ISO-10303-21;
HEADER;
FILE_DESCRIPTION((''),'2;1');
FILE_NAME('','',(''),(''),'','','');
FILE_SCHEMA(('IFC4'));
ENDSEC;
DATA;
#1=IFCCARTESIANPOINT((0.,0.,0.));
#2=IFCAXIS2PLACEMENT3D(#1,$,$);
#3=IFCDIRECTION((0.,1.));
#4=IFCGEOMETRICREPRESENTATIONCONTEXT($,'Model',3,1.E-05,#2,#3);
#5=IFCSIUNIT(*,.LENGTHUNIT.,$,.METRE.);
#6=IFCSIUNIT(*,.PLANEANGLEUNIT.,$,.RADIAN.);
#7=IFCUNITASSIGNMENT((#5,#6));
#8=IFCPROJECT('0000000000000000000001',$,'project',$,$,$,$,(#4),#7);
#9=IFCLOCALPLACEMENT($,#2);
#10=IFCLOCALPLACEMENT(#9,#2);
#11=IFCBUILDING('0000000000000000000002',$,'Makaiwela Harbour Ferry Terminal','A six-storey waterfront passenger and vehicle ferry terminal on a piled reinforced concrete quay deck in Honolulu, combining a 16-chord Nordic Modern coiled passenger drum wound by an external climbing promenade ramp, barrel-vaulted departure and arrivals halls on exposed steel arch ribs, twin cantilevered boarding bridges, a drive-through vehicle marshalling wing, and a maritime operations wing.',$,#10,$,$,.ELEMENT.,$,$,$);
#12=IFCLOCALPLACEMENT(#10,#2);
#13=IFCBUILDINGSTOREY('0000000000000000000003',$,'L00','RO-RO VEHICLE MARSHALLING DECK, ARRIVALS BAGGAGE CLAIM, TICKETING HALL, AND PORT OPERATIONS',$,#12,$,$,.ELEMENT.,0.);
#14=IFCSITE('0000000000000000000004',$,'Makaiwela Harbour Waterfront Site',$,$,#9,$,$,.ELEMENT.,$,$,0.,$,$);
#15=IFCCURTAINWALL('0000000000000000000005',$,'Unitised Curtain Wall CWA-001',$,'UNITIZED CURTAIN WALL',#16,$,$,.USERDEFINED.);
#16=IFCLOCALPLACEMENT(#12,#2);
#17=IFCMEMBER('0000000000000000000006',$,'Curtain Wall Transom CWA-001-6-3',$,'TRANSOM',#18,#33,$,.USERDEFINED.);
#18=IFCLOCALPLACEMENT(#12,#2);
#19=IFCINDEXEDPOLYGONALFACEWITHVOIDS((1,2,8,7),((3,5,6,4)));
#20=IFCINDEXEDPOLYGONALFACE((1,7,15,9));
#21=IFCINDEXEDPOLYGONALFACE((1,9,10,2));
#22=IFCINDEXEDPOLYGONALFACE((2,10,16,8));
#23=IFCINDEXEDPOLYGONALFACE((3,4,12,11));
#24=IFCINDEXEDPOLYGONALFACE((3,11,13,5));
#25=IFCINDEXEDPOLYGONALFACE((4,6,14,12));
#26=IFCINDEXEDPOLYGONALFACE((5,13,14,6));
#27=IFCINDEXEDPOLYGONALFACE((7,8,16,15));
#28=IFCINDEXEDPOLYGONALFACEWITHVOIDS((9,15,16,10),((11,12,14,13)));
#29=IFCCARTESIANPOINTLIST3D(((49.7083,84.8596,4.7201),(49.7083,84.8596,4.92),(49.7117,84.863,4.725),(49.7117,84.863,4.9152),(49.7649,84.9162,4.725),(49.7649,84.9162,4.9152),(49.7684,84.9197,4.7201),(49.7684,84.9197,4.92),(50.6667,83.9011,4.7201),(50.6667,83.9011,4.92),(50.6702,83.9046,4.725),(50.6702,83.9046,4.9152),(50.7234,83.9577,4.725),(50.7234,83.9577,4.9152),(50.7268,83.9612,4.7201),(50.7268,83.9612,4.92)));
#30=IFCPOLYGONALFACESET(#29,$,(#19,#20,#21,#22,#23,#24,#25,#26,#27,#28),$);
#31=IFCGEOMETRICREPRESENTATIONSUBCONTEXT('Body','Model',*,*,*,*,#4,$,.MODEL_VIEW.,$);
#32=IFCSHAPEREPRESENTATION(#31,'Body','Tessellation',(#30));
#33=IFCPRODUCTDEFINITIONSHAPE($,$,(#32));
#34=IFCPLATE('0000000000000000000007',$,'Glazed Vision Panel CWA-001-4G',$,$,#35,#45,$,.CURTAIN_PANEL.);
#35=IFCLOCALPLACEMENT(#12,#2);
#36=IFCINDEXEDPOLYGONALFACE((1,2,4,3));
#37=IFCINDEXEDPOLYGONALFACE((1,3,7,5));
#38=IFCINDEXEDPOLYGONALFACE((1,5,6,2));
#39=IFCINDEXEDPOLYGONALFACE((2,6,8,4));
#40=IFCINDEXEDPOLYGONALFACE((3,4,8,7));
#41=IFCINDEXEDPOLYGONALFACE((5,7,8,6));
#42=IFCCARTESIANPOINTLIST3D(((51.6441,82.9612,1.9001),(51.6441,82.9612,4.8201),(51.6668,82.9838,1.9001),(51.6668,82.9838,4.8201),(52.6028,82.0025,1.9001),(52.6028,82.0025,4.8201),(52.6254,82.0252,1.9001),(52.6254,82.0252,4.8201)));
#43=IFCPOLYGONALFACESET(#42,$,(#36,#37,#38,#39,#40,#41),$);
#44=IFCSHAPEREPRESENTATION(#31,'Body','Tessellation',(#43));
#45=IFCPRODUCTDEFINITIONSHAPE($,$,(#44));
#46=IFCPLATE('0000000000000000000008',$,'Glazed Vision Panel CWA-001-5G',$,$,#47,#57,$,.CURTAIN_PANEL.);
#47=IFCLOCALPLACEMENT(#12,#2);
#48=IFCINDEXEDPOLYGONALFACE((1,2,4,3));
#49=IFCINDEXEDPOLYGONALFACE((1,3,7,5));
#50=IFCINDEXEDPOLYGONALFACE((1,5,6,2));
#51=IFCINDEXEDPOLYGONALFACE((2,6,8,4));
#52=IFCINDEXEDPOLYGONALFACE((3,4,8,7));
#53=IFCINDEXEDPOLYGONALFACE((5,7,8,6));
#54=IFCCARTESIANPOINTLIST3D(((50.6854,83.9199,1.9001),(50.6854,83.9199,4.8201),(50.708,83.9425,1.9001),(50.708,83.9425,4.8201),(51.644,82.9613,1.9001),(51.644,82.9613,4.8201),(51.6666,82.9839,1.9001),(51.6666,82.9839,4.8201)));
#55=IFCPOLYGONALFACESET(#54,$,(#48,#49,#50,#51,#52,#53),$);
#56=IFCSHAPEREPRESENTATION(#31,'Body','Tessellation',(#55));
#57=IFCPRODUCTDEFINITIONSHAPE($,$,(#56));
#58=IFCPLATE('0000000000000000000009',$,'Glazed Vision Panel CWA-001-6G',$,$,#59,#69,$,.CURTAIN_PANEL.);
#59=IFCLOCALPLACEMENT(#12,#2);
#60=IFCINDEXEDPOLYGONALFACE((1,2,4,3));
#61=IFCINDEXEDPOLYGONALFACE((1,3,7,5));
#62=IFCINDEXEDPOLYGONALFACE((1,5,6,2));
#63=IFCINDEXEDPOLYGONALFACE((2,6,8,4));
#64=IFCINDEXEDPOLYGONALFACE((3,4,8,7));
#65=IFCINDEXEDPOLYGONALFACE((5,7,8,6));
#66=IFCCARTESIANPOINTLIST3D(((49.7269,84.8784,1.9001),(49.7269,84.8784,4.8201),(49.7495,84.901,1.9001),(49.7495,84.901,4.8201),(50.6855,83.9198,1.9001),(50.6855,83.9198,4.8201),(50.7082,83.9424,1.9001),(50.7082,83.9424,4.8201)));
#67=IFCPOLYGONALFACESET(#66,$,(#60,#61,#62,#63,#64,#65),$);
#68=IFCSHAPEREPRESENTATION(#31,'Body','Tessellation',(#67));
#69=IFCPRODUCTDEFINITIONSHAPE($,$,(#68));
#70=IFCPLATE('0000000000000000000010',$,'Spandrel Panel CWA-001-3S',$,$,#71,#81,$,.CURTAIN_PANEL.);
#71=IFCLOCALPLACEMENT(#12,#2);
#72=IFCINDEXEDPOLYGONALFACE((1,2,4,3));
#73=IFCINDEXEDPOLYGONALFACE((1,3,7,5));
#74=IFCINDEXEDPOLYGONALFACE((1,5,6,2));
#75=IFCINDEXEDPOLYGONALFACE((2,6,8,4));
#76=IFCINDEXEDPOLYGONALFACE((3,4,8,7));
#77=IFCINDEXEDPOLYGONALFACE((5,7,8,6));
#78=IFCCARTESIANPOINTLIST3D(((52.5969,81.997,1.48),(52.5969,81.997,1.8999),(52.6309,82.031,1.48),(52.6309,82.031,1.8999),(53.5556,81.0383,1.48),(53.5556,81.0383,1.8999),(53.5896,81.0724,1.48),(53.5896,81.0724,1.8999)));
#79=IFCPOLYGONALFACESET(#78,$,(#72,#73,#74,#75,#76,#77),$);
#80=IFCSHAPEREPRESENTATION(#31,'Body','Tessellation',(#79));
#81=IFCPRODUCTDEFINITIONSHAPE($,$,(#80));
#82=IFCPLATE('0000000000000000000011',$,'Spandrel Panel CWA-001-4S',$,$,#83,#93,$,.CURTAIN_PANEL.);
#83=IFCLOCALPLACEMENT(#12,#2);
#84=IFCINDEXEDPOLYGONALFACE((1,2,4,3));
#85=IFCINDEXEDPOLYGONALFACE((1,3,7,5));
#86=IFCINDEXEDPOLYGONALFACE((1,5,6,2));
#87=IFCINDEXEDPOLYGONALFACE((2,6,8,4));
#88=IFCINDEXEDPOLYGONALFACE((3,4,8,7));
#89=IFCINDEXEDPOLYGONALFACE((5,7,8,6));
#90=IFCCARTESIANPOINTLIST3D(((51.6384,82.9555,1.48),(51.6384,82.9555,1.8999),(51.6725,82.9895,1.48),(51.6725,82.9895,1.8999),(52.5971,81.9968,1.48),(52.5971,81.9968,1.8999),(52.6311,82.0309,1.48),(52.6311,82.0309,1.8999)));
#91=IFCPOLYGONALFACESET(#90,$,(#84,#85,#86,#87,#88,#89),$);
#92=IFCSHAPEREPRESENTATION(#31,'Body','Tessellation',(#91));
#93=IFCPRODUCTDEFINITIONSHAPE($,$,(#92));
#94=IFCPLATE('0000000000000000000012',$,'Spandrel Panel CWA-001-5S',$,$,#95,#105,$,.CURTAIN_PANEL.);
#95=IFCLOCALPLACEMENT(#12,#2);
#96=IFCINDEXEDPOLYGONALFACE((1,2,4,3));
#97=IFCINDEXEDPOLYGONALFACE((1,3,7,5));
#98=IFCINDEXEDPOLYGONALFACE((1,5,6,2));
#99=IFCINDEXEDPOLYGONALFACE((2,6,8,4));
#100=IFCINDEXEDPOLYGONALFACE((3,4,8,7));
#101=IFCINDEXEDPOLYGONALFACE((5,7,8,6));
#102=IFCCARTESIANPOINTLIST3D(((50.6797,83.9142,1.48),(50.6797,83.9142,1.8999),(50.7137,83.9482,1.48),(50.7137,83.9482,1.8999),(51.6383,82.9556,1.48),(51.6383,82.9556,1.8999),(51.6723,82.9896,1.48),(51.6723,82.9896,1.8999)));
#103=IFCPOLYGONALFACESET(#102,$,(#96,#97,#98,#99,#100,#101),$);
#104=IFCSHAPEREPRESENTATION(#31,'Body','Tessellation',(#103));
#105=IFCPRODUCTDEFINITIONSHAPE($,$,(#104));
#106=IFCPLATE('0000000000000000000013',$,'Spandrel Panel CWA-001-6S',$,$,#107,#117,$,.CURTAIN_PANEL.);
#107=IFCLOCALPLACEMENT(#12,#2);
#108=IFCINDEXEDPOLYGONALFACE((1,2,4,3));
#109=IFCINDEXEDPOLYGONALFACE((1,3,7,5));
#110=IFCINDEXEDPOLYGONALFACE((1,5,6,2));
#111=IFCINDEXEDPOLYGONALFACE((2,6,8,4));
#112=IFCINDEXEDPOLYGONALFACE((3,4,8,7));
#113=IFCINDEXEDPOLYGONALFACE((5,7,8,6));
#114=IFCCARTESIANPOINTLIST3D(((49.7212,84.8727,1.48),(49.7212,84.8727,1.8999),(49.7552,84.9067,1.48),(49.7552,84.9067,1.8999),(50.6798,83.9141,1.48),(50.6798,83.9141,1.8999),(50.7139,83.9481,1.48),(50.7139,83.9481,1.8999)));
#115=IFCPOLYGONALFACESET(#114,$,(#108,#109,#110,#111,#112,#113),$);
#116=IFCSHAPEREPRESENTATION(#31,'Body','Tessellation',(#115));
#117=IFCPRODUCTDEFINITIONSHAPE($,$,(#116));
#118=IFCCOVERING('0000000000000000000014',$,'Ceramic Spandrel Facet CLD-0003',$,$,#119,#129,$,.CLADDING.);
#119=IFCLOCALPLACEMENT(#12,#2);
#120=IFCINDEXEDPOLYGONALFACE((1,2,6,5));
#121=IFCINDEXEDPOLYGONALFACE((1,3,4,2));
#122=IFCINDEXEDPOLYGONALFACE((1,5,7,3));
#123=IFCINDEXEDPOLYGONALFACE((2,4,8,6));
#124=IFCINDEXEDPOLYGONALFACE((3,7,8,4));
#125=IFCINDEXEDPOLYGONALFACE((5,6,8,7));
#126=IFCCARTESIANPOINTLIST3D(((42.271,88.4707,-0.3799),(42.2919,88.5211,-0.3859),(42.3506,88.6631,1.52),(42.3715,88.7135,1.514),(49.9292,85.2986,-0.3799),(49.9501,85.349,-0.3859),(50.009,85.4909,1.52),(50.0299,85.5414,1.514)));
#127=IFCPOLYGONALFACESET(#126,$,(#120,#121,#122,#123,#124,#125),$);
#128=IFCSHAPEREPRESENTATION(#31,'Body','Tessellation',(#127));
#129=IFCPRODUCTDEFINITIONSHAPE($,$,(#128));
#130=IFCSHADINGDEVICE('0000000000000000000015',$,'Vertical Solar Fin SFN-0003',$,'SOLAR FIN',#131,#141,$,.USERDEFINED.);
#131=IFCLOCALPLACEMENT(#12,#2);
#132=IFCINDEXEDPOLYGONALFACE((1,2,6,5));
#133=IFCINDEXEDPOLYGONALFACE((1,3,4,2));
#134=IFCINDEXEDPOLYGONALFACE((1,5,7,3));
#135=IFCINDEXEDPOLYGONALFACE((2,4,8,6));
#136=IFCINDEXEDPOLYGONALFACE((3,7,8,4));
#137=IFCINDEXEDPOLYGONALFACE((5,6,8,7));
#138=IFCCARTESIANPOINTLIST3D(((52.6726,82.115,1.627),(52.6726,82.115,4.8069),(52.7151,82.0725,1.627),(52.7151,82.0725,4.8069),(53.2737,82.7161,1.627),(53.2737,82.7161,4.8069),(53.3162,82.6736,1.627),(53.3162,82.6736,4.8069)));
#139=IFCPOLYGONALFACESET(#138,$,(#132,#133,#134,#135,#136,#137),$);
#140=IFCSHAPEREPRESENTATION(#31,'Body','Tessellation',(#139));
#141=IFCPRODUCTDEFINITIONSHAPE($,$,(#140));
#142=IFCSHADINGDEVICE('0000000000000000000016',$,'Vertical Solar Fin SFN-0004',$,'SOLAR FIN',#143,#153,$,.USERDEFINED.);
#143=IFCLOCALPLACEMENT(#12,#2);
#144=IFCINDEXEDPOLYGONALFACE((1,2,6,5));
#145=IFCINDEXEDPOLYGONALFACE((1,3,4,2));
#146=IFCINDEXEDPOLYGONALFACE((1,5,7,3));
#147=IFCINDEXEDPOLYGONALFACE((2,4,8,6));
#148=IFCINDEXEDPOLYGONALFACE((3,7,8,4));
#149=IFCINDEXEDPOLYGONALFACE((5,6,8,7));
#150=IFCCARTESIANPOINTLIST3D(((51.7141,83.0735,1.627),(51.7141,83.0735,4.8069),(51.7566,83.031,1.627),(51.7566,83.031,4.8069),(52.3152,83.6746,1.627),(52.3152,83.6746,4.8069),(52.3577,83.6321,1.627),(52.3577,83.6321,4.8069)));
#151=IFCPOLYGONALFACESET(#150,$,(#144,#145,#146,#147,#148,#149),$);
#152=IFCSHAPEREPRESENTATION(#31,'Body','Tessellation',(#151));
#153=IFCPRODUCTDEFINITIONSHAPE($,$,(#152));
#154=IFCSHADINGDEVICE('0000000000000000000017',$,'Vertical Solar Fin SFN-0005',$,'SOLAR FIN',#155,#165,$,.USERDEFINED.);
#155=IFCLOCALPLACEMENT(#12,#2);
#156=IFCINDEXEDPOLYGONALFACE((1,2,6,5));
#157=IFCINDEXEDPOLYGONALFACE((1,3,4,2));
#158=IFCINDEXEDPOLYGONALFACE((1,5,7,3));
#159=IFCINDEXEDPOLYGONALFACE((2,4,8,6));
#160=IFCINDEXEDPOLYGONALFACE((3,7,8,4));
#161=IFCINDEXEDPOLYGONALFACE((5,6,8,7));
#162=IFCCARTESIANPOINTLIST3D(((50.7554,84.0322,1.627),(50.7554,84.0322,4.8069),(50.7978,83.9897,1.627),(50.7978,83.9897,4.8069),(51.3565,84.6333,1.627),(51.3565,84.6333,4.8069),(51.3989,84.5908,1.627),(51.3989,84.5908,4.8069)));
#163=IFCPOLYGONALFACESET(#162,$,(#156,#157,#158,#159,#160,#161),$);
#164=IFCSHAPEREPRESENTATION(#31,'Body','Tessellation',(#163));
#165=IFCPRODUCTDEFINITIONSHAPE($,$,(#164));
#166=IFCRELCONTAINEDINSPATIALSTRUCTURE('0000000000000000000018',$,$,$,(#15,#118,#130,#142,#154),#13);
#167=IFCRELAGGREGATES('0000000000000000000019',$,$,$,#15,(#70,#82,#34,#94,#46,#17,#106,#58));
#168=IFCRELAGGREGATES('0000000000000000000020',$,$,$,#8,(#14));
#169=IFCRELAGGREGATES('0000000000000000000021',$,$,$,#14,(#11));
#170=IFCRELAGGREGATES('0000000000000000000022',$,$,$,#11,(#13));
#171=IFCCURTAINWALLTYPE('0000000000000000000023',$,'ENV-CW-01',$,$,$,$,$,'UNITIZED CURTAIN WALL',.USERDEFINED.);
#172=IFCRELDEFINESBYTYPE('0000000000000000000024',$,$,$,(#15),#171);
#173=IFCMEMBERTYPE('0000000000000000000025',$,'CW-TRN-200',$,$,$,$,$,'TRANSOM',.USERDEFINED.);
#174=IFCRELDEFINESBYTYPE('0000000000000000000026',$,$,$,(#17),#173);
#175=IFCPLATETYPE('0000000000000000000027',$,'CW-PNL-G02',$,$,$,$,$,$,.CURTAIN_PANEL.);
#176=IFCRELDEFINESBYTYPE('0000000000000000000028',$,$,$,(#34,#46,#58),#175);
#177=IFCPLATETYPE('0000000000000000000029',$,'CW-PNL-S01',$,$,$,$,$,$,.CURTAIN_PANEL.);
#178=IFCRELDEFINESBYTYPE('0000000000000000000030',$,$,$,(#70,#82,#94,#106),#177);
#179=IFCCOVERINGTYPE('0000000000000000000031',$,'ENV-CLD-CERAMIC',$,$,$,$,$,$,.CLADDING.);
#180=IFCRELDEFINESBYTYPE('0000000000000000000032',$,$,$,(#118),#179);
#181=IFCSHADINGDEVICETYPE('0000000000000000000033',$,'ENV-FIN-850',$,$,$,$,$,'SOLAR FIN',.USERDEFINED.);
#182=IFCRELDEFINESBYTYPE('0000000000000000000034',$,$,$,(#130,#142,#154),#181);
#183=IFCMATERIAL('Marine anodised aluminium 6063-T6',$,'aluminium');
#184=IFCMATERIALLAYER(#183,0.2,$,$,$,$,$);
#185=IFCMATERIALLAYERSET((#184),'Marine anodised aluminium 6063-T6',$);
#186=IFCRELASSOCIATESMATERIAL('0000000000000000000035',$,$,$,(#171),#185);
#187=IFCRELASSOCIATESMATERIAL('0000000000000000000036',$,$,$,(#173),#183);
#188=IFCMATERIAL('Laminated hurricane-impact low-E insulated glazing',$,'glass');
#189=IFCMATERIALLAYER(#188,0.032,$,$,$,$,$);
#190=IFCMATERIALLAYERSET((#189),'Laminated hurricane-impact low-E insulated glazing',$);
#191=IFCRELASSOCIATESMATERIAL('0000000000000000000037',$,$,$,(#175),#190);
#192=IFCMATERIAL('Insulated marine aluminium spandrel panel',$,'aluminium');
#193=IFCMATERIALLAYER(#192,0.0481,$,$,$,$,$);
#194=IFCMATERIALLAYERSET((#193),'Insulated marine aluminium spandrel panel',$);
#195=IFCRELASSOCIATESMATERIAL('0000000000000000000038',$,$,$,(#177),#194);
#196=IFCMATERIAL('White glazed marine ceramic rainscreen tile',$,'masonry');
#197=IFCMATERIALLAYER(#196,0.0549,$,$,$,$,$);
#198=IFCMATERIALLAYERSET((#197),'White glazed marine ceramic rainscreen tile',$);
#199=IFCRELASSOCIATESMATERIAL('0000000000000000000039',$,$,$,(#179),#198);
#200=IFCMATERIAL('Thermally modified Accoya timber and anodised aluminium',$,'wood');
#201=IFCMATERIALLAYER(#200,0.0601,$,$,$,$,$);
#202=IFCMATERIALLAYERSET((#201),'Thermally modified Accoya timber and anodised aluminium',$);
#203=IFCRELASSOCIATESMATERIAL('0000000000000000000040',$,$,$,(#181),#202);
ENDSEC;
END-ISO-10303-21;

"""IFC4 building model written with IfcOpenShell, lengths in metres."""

from ifc_helpers import new_model, si_unit, direction, frame, origin, origin_2d, place, context, subcontext, project, spatial, polyline, rectangle, hollow_rectangle, outline, extrude, material, layer, layer_set, material_profile, profile_set, type_object, element, aggregate, save


model = new_model("IFC4")

# Units and contexts
model_context = context("Model", 3, precision=1e-05, world=origin(), true_north=direction((0.0, 1.0)))
body_context = subcontext(model_context, "Body", "Model", "MODEL_VIEW")
ifc_project = project(units=[si_unit("LENGTHUNIT", "METRE"), si_unit("PLANEANGLEUNIT", "RADIAN")], contexts=[model_context])

# Site, building, storey
site_placement = place(None, origin())
site = spatial("IfcSite", under=ifc_project, at=site_placement, Name="Makaiwela Harbour Waterfront Site", CompositionType="ELEMENT", RefElevation=0.0)
building_placement = place(site_placement, origin())
building = spatial("IfcBuilding", under=site, at=building_placement, Name="Makaiwela Harbour Ferry Terminal", Description="A six-storey waterfront passenger and vehicle ferry terminal on a piled reinforced concrete quay deck in Honolulu, combining a 16-chord Nordic Modern coiled passenger drum wound by an external climbing promenade ramp, barrel-vaulted departure and arrivals halls on exposed steel arch ribs, twin cantilevered boarding bridges, a drive-through vehicle marshalling wing, and a maritime operations wing.", CompositionType="ELEMENT")
storey_placement = place(building_placement, origin())
storey = spatial("IfcBuildingStorey", under=building, at=storey_placement, Name="L00", Description="RO-RO VEHICLE MARSHALLING DECK, ARRIVALS BAGGAGE CLAIM, TICKETING HALL, AND PORT OPERATIONS", CompositionType="ELEMENT", Elevation=0.0)

# Curtain wall, member, plates
ifc_material_1 = material(Name="Marine anodised aluminium 6063-T6", Category="aluminium")
ifc_layer_1 = layer(ifc_material_1, 0.2)
ifc_layer_set_1 = layer_set([ifc_layer_1], Name="Marine anodised aluminium 6063-T6")
curtain_wall_type = type_object("IfcCurtainWallType", Name="ENV-CW-01", ElementType="UNITIZED CURTAIN WALL", PredefinedType="USERDEFINED", material=ifc_layer_set_1)
curtain_wall_placement = place(storey_placement, origin())
curtain_wall = element("IfcCurtainWall", 1, at=curtain_wall_placement, inside=storey, type_object=curtain_wall_type, Name="Unitised Curtain Wall CWA-001", ObjectType="UNITIZED CURTAIN WALL", PredefinedType="USERDEFINED")
ifc_material_profile_1 = material_profile(ifc_material_1, hollow_rectangle(XDim=0.085, YDim=0.2, WallThickness=0.0049, at=origin_2d()), Name="CWT-200X85")
ifc_profile_set_1 = profile_set([ifc_material_profile_1], Name="Marine anodised aluminium 6063-T6")
member_type_1 = type_object("IfcMemberType", Name="CW-TRN-200", ElementType="TRANSOM", PredefinedType="USERDEFINED", material=ifc_profile_set_1)
member_1_placement = place(storey_placement, frame((50.6968, 83.9312, 4.8201), z_axis=(-0.707107, 0.707107, 0.0), x_axis=(-0.707107, -0.707107, 0.0)))
member_1 = element("IfcMember", 2, at=member_1_placement, type_object=member_type_1, Name="Curtain Wall Transom CWA-001-6-3", ObjectType="TRANSOM", PredefinedType="USERDEFINED", context=body_context, shape_type="SweptSolid", body=[
    extrude(hollow_rectangle(XDim=0.085, YDim=0.2, WallThickness=0.0049, at=origin_2d()), origin(), (0.0, 0.0, 1.0), 1.3555),
])
ifc_material_2 = material(Name="Laminated hurricane-impact low-E insulated glazing", Category="glass")
ifc_layer_2 = layer(ifc_material_2, 0.032)
ifc_layer_set_2 = layer_set([ifc_layer_2], Name="Laminated hurricane-impact low-E insulated glazing")
plate_type_1 = type_object("IfcPlateType", Name="CW-PNL-G02", PredefinedType="CURTAIN_PANEL", material=ifc_layer_set_2)
plate_1_placement = place(storey_placement, frame((52.1348, 82.4932, 1.9001), z_axis=(0.0, 0.0, 1.0), x_axis=(-0.707107, 0.707107, 0.0)))
plate_1 = element("IfcPlate", 3, at=plate_1_placement, type_object=plate_type_1, Name="Glazed Vision Panel CWA-001-4G", PredefinedType="CURTAIN_PANEL", context=body_context, shape_type="SweptSolid", body=[
    extrude(rectangle(XDim=1.3557, YDim=0.032, at=origin_2d()), origin(), (0.0, 0.0, 1.0), 2.9199),
])
plate_2_placement = place(storey_placement, frame((51.176, 83.4519, 1.9001), z_axis=(0.0, 0.0, 1.0), x_axis=(-0.707107, 0.707107, 0.0)))
plate_2 = element("IfcPlate", 4, at=plate_2_placement, type_object=plate_type_1, Name="Glazed Vision Panel CWA-001-5G", PredefinedType="CURTAIN_PANEL", context=body_context, shape_type="SweptSolid", body=[
    extrude(rectangle(XDim=1.3557, YDim=0.032, at=origin_2d()), origin(), (0.0, 0.0, 1.0), 2.9199),
])
plate_3_placement = place(storey_placement, frame((50.2175, 84.4104, 1.9001), z_axis=(0.0, 0.0, 1.0), x_axis=(-0.707107, 0.707107, 0.0)))
plate_3 = element("IfcPlate", 5, at=plate_3_placement, type_object=plate_type_1, Name="Glazed Vision Panel CWA-001-6G", PredefinedType="CURTAIN_PANEL", context=body_context, shape_type="SweptSolid", body=[
    extrude(rectangle(XDim=1.3557, YDim=0.032, at=origin_2d()), origin(), (0.0, 0.0, 1.0), 2.9199),
])
ifc_material_3 = material(Name="Insulated marine aluminium spandrel panel", Category="aluminium")
ifc_layer_3 = layer(ifc_material_3, 0.0481)
ifc_layer_set_3 = layer_set([ifc_layer_3], Name="Insulated marine aluminium spandrel panel")
plate_type_2 = type_object("IfcPlateType", Name="CW-PNL-S01", PredefinedType="CURTAIN_PANEL", material=ifc_layer_set_3)
plate_4_placement = place(storey_placement, frame((53.0933, 81.5347, 1.48), z_axis=(0.0, 0.0, 1.0), x_axis=(-0.707107, 0.707107, 0.0)))
plate_4 = element("IfcPlate", 6, at=plate_4_placement, type_object=plate_type_2, Name="Spandrel Panel CWA-001-3S", PredefinedType="CURTAIN_PANEL", context=body_context, shape_type="SweptSolid", body=[
    extrude(rectangle(XDim=1.3557, YDim=0.0481, at=origin_2d()), origin(), (0.0, 0.0, 1.0), 0.4199),
])
plate_5_placement = place(storey_placement, frame((52.1348, 82.4932, 1.48), z_axis=(0.0, 0.0, 1.0), x_axis=(-0.707107, 0.707107, 0.0)))
plate_5 = element("IfcPlate", 7, at=plate_5_placement, type_object=plate_type_2, Name="Spandrel Panel CWA-001-4S", PredefinedType="CURTAIN_PANEL", context=body_context, shape_type="SweptSolid", body=[
    extrude(rectangle(XDim=1.3557, YDim=0.0481, at=origin_2d()), origin(), (0.0, 0.0, 1.0), 0.4199),
])
plate_6_placement = place(storey_placement, frame((51.176, 83.4519, 1.48), z_axis=(0.0, 0.0, 1.0), x_axis=(-0.707107, 0.707107, 0.0)))
plate_6 = element("IfcPlate", 8, at=plate_6_placement, type_object=plate_type_2, Name="Spandrel Panel CWA-001-5S", PredefinedType="CURTAIN_PANEL", context=body_context, shape_type="SweptSolid", body=[
    extrude(rectangle(XDim=1.3557, YDim=0.0481, at=origin_2d()), origin(), (0.0, 0.0, 1.0), 0.4199),
])
plate_7_placement = place(storey_placement, frame((50.2175, 84.4104, 1.48), z_axis=(0.0, 0.0, 1.0), x_axis=(-0.707107, 0.707107, 0.0)))
plate_7 = element("IfcPlate", 9, at=plate_7_placement, type_object=plate_type_2, Name="Spandrel Panel CWA-001-6S", PredefinedType="CURTAIN_PANEL", context=body_context, shape_type="SweptSolid", body=[
    extrude(rectangle(XDim=1.3557, YDim=0.0481, at=origin_2d()), origin(), (0.0, 0.0, 1.0), 0.4199),
])
aggregate(curtain_wall, [plate_4, plate_5, plate_1, plate_6, plate_2, member_1, plate_7, plate_3])

# Covering
ifc_material_4 = material(Name="White glazed marine ceramic rainscreen tile", Category="masonry")
ifc_layer_4 = layer(ifc_material_4, 0.0549)
ifc_layer_set_4 = layer_set([ifc_layer_4], Name="White glazed marine ceramic rainscreen tile")
covering_type = type_object("IfcCoveringType", Name="ENV-CLD-CERAMIC", PredefinedType="CLADDING", material=ifc_layer_set_4)
covering_placement = place(storey_placement, frame((49.9292, 85.2986, -0.3799), z_axis=(-0.380399, -0.918382, 0.108955), x_axis=(-0.923882, 0.382677, 0.000001)))
element("IfcCovering", 10, at=covering_placement, inside=storey, type_object=covering_type, Name="Ceramic Spandrel Facet CLD-0003", PredefinedType="CLADDING", context=body_context, shape_type="SweptSolid", body=[
    extrude(outline(polyline([(0.0, 0.0), (8.2892, 0.0), (8.2893, -1.9113), (-0.0001, -1.9113), (0.0, 0.0)])), origin(), (0.0, 0.0, -1.0), 0.0549),
])

# Shading devices
ifc_material_5 = material(Name="Thermally modified Accoya timber and anodised aluminium", Category="wood")
ifc_layer_5 = layer(ifc_material_5, 0.0601)
ifc_layer_set_5 = layer_set([ifc_layer_5], Name="Thermally modified Accoya timber and anodised aluminium")
shading_device_type = type_object("IfcShadingDeviceType", Name="ENV-FIN-850", ElementType="SOLAR FIN", PredefinedType="USERDEFINED", material=ifc_layer_set_5)
for number, where, z_axis, x_axis, name in (
    (11, (52.9944, 82.3943, 1.627), (0.0, 0.0, 1.0), (0.707107, 0.707107, 0.0), "Vertical Solar Fin SFN-0003"),
    (12, (52.0359, 83.3528, 1.627), (0.0, 0.0, 1.0), (0.707107, 0.707107, 0.0), "Vertical Solar Fin SFN-0004"),
    (13, (51.0771, 84.3115, 1.627), (0.0, 0.0, 1.0), (0.707107, 0.707107, 0.0), "Vertical Solar Fin SFN-0005"),
):
    element("IfcShadingDevice", number, at=place(storey_placement, frame(where, z_axis=z_axis, x_axis=x_axis)), inside=storey, type_object=shading_device_type, Name=name, ObjectType="SOLAR FIN", PredefinedType="USERDEFINED", context=body_context, shape_type="SweptSolid", body=[
        extrude(rectangle(XDim=0.8501, YDim=0.0601, at=origin_2d()), origin(), (0.0, 0.0, 1.0), 3.1799),
    ])

save(model, "model.ifc")
